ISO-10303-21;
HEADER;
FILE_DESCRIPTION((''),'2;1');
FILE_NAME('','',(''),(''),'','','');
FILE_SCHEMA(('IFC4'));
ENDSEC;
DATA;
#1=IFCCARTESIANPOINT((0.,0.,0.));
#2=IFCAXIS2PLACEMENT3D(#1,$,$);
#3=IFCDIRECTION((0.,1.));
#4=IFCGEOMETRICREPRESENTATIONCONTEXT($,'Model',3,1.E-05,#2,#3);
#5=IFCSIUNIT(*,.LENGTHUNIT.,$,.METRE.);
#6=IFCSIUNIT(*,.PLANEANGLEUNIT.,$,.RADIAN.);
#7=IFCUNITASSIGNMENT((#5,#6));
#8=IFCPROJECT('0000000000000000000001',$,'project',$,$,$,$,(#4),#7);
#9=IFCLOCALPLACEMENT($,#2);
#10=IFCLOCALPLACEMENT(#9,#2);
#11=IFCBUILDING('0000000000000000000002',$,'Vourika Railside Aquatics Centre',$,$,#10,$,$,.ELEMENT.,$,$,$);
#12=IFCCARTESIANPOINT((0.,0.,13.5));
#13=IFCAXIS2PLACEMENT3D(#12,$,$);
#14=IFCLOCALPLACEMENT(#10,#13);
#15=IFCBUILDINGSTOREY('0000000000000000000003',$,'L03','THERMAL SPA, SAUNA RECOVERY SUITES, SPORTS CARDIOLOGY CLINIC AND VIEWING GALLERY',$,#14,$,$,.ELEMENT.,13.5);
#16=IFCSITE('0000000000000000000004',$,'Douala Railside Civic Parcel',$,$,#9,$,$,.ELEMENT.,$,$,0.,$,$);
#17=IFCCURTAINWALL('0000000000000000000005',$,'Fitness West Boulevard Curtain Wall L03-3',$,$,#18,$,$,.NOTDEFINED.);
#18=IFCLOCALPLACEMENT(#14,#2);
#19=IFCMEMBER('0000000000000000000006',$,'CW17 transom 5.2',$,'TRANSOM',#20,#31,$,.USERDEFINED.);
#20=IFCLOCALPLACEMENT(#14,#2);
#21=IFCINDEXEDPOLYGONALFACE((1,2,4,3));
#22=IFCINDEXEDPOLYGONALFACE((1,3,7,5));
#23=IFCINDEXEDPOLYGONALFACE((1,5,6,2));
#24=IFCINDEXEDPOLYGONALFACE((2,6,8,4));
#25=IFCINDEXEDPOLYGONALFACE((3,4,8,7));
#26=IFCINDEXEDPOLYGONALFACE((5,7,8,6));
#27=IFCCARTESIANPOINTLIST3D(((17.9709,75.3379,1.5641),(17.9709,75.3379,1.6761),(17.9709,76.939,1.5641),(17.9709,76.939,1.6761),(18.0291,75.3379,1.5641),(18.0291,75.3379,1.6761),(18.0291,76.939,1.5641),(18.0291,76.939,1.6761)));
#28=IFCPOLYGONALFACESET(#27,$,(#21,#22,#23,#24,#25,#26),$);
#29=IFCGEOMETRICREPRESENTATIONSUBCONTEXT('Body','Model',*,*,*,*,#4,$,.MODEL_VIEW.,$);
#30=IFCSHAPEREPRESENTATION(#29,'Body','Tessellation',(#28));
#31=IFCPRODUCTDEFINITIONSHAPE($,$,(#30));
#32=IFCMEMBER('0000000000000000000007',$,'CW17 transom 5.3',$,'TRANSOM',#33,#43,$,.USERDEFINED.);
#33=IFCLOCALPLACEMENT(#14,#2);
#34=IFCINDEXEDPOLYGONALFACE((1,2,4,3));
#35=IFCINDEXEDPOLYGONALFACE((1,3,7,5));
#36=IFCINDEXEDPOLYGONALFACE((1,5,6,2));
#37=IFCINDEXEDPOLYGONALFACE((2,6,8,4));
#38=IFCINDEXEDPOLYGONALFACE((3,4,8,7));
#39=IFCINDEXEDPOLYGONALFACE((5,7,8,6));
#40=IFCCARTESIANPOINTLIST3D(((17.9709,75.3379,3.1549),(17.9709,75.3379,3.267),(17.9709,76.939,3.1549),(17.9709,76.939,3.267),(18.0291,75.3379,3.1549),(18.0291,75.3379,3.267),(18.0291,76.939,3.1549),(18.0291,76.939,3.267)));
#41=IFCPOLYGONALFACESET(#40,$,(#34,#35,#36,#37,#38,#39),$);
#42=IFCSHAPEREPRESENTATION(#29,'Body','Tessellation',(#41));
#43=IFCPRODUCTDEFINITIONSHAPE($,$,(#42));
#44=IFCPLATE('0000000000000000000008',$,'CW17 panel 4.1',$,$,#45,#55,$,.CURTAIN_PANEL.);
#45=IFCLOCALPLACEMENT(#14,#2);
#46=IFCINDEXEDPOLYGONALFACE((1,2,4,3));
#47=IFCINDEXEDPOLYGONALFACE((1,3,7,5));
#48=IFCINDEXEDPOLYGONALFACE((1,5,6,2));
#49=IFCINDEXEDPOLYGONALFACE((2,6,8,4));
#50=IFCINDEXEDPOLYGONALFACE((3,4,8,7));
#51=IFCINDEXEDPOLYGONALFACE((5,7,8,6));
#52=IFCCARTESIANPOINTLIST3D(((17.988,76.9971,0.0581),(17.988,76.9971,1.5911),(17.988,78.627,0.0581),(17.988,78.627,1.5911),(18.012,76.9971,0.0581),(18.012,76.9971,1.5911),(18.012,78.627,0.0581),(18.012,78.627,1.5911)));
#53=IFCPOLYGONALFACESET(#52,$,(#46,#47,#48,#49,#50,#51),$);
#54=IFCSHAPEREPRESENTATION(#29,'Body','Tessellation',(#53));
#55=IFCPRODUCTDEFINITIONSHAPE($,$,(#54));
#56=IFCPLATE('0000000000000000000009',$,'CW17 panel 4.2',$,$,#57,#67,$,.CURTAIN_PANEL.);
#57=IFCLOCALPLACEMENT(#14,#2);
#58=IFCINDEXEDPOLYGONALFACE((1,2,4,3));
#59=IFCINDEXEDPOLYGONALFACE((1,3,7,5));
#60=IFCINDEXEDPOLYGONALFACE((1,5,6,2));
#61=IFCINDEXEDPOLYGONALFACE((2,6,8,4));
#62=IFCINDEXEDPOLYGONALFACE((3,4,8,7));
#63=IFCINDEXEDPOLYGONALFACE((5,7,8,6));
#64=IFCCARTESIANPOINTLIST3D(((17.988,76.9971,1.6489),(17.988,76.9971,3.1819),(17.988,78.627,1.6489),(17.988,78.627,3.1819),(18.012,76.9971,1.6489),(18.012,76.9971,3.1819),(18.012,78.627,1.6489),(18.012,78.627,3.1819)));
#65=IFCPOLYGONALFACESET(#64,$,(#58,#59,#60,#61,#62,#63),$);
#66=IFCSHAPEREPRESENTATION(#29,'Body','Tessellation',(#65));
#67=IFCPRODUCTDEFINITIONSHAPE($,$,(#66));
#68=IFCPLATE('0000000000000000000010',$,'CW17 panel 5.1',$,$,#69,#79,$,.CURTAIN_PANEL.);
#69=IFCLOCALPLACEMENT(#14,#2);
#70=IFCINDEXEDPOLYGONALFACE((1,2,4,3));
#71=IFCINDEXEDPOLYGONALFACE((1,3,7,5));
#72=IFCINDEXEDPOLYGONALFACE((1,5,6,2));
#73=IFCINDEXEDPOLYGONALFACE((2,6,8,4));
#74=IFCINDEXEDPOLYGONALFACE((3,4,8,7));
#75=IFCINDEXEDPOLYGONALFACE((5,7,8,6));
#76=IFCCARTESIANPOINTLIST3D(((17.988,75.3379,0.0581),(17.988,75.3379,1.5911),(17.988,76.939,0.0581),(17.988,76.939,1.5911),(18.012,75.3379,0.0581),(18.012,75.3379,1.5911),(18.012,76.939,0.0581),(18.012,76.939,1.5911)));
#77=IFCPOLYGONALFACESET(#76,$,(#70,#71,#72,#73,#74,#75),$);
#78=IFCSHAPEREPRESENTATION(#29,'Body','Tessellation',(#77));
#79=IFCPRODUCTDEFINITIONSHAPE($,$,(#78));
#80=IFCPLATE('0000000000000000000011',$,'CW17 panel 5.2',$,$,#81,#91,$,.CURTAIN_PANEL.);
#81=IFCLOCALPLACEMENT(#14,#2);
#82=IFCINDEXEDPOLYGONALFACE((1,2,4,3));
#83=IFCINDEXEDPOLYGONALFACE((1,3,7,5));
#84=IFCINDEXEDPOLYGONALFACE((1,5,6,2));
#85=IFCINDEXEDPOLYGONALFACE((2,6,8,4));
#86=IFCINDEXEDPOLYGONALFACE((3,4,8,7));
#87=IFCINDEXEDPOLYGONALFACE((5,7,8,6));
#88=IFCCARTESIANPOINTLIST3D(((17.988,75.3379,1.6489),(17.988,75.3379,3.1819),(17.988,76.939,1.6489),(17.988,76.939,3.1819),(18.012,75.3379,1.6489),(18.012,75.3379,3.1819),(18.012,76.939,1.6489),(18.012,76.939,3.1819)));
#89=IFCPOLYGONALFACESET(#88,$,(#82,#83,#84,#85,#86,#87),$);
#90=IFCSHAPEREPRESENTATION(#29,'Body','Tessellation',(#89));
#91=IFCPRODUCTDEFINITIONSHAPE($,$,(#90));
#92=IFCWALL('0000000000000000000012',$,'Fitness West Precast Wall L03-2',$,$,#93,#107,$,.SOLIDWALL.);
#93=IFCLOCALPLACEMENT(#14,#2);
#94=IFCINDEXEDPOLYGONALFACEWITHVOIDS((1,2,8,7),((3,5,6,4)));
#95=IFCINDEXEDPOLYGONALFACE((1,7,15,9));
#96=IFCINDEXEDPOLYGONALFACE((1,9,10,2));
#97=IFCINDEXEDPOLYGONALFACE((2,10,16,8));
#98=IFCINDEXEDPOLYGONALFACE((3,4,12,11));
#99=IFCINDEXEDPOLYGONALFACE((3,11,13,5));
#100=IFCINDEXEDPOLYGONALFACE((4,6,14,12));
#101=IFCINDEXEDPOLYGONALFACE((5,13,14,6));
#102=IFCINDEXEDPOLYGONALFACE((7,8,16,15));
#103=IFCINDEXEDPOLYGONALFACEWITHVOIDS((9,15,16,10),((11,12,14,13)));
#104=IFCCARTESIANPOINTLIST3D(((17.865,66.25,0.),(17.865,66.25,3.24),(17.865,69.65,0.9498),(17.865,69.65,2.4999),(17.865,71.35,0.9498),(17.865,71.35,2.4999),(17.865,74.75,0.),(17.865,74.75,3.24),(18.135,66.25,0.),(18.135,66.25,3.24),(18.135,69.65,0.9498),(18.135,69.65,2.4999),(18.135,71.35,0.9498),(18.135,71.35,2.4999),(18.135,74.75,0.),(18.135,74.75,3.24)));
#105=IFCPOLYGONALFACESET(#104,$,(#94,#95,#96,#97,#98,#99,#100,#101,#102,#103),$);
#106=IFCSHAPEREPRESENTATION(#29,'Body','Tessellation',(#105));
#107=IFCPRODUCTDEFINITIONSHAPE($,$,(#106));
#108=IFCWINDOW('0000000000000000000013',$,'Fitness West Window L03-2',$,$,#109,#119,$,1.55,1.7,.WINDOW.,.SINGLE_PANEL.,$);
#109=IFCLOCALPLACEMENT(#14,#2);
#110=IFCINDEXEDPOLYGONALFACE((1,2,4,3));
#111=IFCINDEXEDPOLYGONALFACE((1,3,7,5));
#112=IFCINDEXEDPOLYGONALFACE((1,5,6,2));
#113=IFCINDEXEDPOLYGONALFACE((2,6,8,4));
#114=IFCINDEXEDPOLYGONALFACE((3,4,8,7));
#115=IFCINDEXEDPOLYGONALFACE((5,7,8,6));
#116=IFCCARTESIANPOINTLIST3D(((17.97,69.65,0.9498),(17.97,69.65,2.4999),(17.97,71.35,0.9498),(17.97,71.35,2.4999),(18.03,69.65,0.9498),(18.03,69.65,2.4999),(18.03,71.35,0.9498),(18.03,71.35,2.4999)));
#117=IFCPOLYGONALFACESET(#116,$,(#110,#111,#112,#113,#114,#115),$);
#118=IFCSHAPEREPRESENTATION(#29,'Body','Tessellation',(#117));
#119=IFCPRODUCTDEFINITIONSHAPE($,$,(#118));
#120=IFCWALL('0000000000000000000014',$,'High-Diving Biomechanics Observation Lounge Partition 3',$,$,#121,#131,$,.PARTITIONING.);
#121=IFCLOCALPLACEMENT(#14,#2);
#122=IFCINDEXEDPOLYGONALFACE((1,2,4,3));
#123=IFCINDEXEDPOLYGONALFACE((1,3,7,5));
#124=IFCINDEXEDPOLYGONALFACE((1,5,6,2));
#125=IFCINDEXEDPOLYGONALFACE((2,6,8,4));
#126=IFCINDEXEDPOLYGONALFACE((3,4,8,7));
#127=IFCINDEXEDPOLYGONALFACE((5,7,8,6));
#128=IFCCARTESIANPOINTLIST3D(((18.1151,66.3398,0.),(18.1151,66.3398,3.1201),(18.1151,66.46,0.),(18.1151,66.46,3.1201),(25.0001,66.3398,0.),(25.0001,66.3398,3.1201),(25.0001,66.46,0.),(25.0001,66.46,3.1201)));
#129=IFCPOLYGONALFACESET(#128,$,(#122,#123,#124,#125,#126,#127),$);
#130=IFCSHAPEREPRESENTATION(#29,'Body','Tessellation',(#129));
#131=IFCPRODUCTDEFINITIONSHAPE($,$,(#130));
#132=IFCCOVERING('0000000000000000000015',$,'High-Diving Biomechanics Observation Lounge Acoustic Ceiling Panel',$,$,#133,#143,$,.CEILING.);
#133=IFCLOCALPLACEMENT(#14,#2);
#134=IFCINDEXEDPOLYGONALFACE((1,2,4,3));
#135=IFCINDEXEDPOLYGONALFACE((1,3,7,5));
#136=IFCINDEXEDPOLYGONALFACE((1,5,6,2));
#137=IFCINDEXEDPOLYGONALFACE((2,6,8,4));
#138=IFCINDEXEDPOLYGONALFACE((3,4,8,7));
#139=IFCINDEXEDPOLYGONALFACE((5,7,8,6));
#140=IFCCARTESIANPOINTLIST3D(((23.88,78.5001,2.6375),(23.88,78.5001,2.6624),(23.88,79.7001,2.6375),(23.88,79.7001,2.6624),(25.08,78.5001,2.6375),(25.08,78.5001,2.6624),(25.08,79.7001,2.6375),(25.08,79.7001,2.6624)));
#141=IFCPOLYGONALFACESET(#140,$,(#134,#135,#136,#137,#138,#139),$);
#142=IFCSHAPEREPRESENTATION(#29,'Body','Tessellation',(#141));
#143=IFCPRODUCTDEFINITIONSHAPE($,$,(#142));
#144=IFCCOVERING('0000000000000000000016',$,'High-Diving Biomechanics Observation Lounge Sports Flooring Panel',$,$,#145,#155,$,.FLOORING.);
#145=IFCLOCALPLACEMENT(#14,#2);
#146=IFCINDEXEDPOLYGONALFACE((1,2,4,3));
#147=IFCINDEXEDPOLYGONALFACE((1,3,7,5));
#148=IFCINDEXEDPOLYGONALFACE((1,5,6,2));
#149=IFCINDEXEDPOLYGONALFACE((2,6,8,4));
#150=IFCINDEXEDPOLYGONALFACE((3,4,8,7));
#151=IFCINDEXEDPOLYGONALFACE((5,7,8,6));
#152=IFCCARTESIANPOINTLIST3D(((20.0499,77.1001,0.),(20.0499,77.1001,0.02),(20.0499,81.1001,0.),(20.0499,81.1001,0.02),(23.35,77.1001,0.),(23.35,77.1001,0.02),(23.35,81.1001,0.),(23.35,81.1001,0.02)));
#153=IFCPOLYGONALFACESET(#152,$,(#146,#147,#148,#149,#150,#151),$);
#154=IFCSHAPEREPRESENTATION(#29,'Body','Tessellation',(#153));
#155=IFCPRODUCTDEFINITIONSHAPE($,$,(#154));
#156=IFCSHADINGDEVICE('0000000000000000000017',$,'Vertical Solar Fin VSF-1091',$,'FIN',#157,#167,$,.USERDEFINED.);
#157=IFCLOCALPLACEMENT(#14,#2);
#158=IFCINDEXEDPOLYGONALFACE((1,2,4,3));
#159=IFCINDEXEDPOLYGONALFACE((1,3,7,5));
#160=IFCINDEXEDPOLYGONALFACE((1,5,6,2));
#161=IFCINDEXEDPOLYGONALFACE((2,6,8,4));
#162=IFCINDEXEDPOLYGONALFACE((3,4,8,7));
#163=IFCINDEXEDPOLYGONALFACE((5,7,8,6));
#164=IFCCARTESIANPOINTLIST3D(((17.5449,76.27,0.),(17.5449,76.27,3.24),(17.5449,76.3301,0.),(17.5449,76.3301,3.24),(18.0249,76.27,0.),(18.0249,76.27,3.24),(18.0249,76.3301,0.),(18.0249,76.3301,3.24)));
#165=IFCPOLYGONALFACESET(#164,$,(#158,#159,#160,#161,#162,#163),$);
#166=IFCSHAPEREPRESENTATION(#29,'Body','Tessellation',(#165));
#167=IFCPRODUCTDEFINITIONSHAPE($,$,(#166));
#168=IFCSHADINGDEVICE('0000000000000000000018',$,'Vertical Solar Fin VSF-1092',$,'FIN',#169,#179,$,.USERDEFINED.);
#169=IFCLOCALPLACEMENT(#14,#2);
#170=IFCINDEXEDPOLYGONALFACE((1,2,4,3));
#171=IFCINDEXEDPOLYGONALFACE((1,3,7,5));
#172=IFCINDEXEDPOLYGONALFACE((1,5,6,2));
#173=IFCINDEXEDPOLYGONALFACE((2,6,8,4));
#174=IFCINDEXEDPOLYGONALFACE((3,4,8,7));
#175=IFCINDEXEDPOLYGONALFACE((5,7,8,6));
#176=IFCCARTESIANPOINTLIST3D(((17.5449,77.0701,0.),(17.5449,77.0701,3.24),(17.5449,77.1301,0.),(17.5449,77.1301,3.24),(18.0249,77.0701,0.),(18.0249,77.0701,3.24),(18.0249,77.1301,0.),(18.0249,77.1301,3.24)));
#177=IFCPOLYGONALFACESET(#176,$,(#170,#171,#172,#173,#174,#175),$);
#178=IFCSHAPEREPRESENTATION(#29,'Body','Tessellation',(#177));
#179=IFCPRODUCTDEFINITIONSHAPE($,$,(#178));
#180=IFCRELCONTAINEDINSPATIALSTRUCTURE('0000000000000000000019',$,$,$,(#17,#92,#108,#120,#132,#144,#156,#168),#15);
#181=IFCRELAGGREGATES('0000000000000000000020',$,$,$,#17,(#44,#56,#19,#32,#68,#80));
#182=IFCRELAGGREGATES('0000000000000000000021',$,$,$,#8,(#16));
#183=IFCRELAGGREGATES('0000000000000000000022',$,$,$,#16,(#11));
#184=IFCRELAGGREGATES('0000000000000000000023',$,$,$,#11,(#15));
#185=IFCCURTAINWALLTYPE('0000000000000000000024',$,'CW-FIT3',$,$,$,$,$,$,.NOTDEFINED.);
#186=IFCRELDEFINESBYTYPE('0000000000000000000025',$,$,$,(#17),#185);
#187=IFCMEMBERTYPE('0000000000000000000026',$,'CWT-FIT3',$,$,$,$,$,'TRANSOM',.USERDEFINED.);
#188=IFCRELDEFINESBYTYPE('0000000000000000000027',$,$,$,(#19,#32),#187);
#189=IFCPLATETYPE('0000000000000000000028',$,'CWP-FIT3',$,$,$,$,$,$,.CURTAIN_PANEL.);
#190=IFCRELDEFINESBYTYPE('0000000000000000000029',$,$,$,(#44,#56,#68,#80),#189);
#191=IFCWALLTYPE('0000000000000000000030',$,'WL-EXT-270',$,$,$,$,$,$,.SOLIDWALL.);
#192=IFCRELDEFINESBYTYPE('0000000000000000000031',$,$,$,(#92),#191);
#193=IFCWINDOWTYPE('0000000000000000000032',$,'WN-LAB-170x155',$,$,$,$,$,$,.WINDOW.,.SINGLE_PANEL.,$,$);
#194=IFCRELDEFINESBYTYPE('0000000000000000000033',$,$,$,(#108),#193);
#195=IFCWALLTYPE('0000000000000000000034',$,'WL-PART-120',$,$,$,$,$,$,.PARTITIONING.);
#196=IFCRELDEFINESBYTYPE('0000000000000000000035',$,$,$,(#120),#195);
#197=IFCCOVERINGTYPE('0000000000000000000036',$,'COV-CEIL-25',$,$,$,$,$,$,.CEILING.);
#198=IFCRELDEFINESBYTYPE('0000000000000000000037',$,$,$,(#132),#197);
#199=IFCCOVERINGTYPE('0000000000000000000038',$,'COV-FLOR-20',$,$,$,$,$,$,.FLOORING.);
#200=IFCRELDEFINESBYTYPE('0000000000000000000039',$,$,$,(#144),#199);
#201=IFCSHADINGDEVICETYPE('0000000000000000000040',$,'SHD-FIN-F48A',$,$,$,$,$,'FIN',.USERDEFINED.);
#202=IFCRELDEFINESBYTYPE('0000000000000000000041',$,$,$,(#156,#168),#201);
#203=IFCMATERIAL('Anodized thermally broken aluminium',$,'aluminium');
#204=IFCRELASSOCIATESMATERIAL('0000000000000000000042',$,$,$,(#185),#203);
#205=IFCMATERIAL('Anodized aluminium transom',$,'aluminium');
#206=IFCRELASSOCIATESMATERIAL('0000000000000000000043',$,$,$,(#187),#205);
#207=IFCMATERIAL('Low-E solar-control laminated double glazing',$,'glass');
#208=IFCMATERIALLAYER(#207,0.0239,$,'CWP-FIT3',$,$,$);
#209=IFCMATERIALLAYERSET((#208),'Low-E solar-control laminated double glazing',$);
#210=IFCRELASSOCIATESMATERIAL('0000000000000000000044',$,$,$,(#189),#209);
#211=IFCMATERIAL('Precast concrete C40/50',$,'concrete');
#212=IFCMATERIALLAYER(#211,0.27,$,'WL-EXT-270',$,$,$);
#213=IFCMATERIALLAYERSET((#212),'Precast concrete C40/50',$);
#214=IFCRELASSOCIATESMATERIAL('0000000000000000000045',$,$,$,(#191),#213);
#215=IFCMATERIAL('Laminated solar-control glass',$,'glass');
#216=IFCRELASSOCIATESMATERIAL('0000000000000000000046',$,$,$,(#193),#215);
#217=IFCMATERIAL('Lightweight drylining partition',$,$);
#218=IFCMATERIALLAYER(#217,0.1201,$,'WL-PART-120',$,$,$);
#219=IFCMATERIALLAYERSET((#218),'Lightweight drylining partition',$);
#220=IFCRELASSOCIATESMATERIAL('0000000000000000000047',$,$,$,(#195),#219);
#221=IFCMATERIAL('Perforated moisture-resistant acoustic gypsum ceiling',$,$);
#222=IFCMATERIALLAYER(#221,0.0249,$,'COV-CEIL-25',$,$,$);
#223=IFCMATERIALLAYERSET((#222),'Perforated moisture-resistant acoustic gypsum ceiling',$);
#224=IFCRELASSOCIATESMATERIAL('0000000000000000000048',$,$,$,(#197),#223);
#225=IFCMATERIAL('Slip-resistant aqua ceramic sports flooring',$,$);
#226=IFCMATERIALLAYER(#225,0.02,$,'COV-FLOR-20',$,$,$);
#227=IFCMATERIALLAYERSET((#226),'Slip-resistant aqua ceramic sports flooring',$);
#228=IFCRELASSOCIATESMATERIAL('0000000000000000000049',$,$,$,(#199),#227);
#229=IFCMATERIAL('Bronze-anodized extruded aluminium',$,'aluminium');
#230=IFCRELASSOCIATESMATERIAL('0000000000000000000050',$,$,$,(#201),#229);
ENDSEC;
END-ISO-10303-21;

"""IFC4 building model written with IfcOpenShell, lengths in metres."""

from ifc_helpers import new_model, si_unit, direction, frame, frame_2d, origin, origin_2d, place, context, subcontext, project, spatial, rectangle, extrude, material, layer, layer_set, material_profile, profile_set, type_object, element, fill, aggregate, save


model = new_model("IFC4")

# Units and contexts
model_context = context("Model", 3, precision=1e-05, world=origin(), true_north=direction((0.0, 1.0)))
body_context = subcontext(model_context, "Body", "Model", "MODEL_VIEW")
ifc_project = project(units=[si_unit("LENGTHUNIT", "METRE"), si_unit("PLANEANGLEUNIT", "RADIAN")], contexts=[model_context])

# Site, building, storey
site_placement = place(None, origin())
site = spatial("IfcSite", under=ifc_project, at=site_placement, Name="Douala Railside Civic Parcel", CompositionType="ELEMENT", RefElevation=0.0)
building_placement = place(site_placement, origin())
building = spatial("IfcBuilding", under=site, at=building_placement, Name="Vourika Railside Aquatics Centre", CompositionType="ELEMENT")
storey_placement = place(building_placement, frame((0.0, 0.0, 13.5)))
storey = spatial("IfcBuildingStorey", under=building, at=storey_placement, Name="L03", Description="THERMAL SPA, SAUNA RECOVERY SUITES, SPORTS CARDIOLOGY CLINIC AND VIEWING GALLERY", CompositionType="ELEMENT", Elevation=13.5)

# Curtain wall, members, plates
ifc_material_1 = material(Name="Anodized thermally broken aluminium", Category="aluminium")
curtain_wall_type = type_object("IfcCurtainWallType", Name="CW-FIT3", PredefinedType="NOTDEFINED", material=ifc_material_1)
curtain_wall_placement = place(storey_placement, origin())
curtain_wall = element("IfcCurtainWall", 1, at=curtain_wall_placement, inside=storey, type_object=curtain_wall_type, Name="Fitness West Boulevard Curtain Wall L03-3", PredefinedType="NOTDEFINED")
ifc_material_2 = material(Name="Anodized aluminium transom", Category="aluminium")
ifc_material_profile_1 = material_profile(ifc_material_2, rectangle(XDim=0.0581, YDim=0.1121, at=origin_2d()), Name="ALU-T 58x112")
ifc_profile_set_1 = profile_set([ifc_material_profile_1], Name="Anodized aluminium transom")
member_type_1 = type_object("IfcMemberType", Name="CWT-FIT3", ElementType="TRANSOM", PredefinedType="USERDEFINED", material=ifc_profile_set_1)
member_1_placement = place(storey_placement, frame((18.0, 76.939, 1.6201), z_axis=(0.0, -1.0, 0.0), x_axis=(1.0, 0.0, 0.0)))
member_1 = element("IfcMember", 2, at=member_1_placement, type_object=member_type_1, Name="CW17 transom 5.2", ObjectType="TRANSOM", PredefinedType="USERDEFINED", context=body_context, shape_type="SweptSolid", body=[
    extrude(rectangle(XDim=0.0581, YDim=0.1121, at=origin_2d()), origin(), (0.0, 0.0, 1.0), 1.6011),
])
member_2_placement = place(storey_placement, frame((18.0, 76.939, 3.2109), z_axis=(0.0, -1.0, 0.0), x_axis=(1.0, 0.0, 0.0)))
member_2 = element("IfcMember", 3, at=member_2_placement, type_object=member_type_1, Name="CW17 transom 5.3", ObjectType="TRANSOM", PredefinedType="USERDEFINED", context=body_context, shape_type="SweptSolid", body=[
    extrude(rectangle(XDim=0.0581, YDim=0.1121, at=origin_2d()), origin(), (0.0, 0.0, 1.0), 1.6011),
])
ifc_material_3 = material(Name="Low-E solar-control laminated double glazing", Category="glass")
ifc_layer_1 = layer(ifc_material_3, 0.0239, Name="CWP-FIT3")
ifc_layer_set_1 = layer_set([ifc_layer_1], Name="Low-E solar-control laminated double glazing")
plate_type = type_object("IfcPlateType", Name="CWP-FIT3", PredefinedType="CURTAIN_PANEL", material=ifc_layer_set_1)
plate_1_placement = place(storey_placement, frame((18.0, 77.812, 0.0581), z_axis=(0.0, 0.0, 1.0), x_axis=(0.0, -1.0, 0.0)))
plate_1 = element("IfcPlate", 4, at=plate_1_placement, type_object=plate_type, Name="CW17 panel 4.1", PredefinedType="CURTAIN_PANEL", context=body_context, shape_type="SweptSolid", body=[
    extrude(rectangle(XDim=1.6299, YDim=0.0239, at=origin_2d()), origin(), (0.0, 0.0, 1.0), 1.533),
])
plate_2_placement = place(storey_placement, frame((18.0, 77.812, 1.6489), z_axis=(0.0, 0.0, 1.0), x_axis=(0.0, -1.0, 0.0)))
plate_2 = element("IfcPlate", 5, at=plate_2_placement, type_object=plate_type, Name="CW17 panel 4.2", PredefinedType="CURTAIN_PANEL", context=body_context, shape_type="SweptSolid", body=[
    extrude(rectangle(XDim=1.6299, YDim=0.0239, at=origin_2d()), origin(), (0.0, 0.0, 1.0), 1.533),
])
plate_3_placement = place(storey_placement, frame((18.0, 76.1384, 0.0581), z_axis=(0.0, 0.0, 1.0), x_axis=(0.0, -1.0, 0.0)))
plate_3 = element("IfcPlate", 6, at=plate_3_placement, type_object=plate_type, Name="CW17 panel 5.1", PredefinedType="CURTAIN_PANEL", context=body_context, shape_type="SweptSolid", body=[
    extrude(rectangle(XDim=1.6011, YDim=0.0239, at=origin_2d()), origin(), (0.0, 0.0, 1.0), 1.533),
])
plate_4_placement = place(storey_placement, frame((18.0, 76.1384, 1.6489), z_axis=(0.0, 0.0, 1.0), x_axis=(0.0, -1.0, 0.0)))
plate_4 = element("IfcPlate", 7, at=plate_4_placement, type_object=plate_type, Name="CW17 panel 5.2", PredefinedType="CURTAIN_PANEL", context=body_context, shape_type="SweptSolid", body=[
    extrude(rectangle(XDim=1.6011, YDim=0.0239, at=origin_2d()), origin(), (0.0, 0.0, 1.0), 1.533),
])
aggregate(curtain_wall, [plate_1, plate_2, member_1, member_2, plate_3, plate_4])

# Wall, opening, window
ifc_material_4 = material(Name="Precast concrete C40/50", Category="concrete")
ifc_layer_2 = layer(ifc_material_4, 0.27, Name="WL-EXT-270")
ifc_layer_set_2 = layer_set([ifc_layer_2], Name="Precast concrete C40/50")
wall_type_1 = type_object("IfcWallType", Name="WL-EXT-270", PredefinedType="SOLIDWALL", material=ifc_layer_set_2)
wall_1_placement = place(storey_placement, frame((18.0, 74.75, 0.0), z_axis=(0.0, 0.0, 1.0), x_axis=(0.0, -1.0, 0.0)))
wall_1 = element("IfcWall", 8, at=wall_1_placement, inside=storey, type_object=wall_type_1, Name="Fitness West Precast Wall L03-2", PredefinedType="SOLIDWALL", context=body_context, shape_type="SweptSolid", body=[
    extrude(rectangle(XDim=8.5, YDim=0.27, at=frame_2d((4.25, 0.0))), origin(), (0.0, 0.0, 1.0), 3.24),
])
opening_placement = place(wall_1_placement, frame((3.3999, 0.0, 0.95)))
opening = element("IfcOpeningElement", 9, at=opening_placement, cuts=wall_1, PredefinedType="OPENING", context=body_context, shape_type="SweptSolid", body=[
    extrude(rectangle(XDim=1.7, YDim=1.55, at=frame_2d((0.8501, 0.7749))), frame((0.0, 0.145, 0.0), z_axis=(0.0, -1.0, 0.0), x_axis=(1.0, 0.0, 0.0)), (0.0, 0.0, 1.0), 0.29),
])
ifc_material_5 = material(Name="Laminated solar-control glass", Category="glass")
window_type = type_object("IfcWindowType", Name="WN-LAB-170x155", PartitioningType="SINGLE_PANEL", PredefinedType="WINDOW", material=ifc_material_5)
window_placement = place(opening_placement, origin())
window = element("IfcWindow", 10, at=window_placement, inside=storey, type_object=window_type, Name="Fitness West Window L03-2", OverallHeight=1.55, OverallWidth=1.7, PartitioningType="SINGLE_PANEL", PredefinedType="WINDOW", context=body_context, shape_type="SweptSolid", body=[
    extrude(rectangle(XDim=1.7, YDim=1.55, at=frame_2d((0.8501, 0.7749))), frame((0.0, 0.03, 0.0), z_axis=(0.0, -1.0, 0.0), x_axis=(1.0, 0.0, 0.0)), (0.0, 0.0, 1.0), 0.0601),
])
fill(opening, window)

# Wall
ifc_material_6 = material(Name="Lightweight drylining partition")
ifc_layer_3 = layer(ifc_material_6, 0.1201, Name="WL-PART-120")
ifc_layer_set_3 = layer_set([ifc_layer_3], Name="Lightweight drylining partition")
wall_type_2 = type_object("IfcWallType", Name="WL-PART-120", PredefinedType="PARTITIONING", material=ifc_layer_set_3)
wall_2_placement = place(storey_placement, frame((25.0, 66.3999, 0.0), z_axis=(0.0, 0.0, 1.0), x_axis=(-1.0, 0.0, 0.0)))
element("IfcWall", 11, at=wall_2_placement, inside=storey, type_object=wall_type_2, Name="High-Diving Biomechanics Observation Lounge Partition 3", PredefinedType="PARTITIONING", context=body_context, shape_type="SweptSolid", body=[
    extrude(rectangle(XDim=6.885, YDim=0.1201, at=frame_2d((3.4424, 0.0))), origin(), (0.0, 0.0, 1.0), 3.1201),
])

# Coverings
ifc_material_7 = material(Name="Perforated moisture-resistant acoustic gypsum ceiling")
ifc_layer_4 = layer(ifc_material_7, 0.0249, Name="COV-CEIL-25")
ifc_layer_set_4 = layer_set([ifc_layer_4], Name="Perforated moisture-resistant acoustic gypsum ceiling")
covering_type_1 = type_object("IfcCoveringType", Name="COV-CEIL-25", PredefinedType="CEILING", material=ifc_layer_set_4)
covering_1_placement = place(storey_placement, frame((24.48, 79.1001, 2.6375), z_axis=(0.0, 0.0, 1.0), x_axis=(1.0, 0.0, 0.0)))
element("IfcCovering", 12, at=covering_1_placement, inside=storey, type_object=covering_type_1, Name="High-Diving Biomechanics Observation Lounge Acoustic Ceiling Panel", PredefinedType="CEILING", context=body_context, shape_type="SweptSolid", body=[
    extrude(rectangle(XDim=1.2, YDim=1.2, at=origin_2d()), origin(), (0.0, 0.0, 1.0), 0.0249),
])
ifc_material_8 = material(Name="Slip-resistant aqua ceramic sports flooring")
ifc_layer_5 = layer(ifc_material_8, 0.02, Name="COV-FLOR-20")
ifc_layer_set_5 = layer_set([ifc_layer_5], Name="Slip-resistant aqua ceramic sports flooring")
covering_type_2 = type_object("IfcCoveringType", Name="COV-FLOR-20", PredefinedType="FLOORING", material=ifc_layer_set_5)
covering_2_placement = place(storey_placement, frame((21.7, 79.1001, 0.0), z_axis=(0.0, 0.0, 1.0), x_axis=(1.0, 0.0, 0.0)))
element("IfcCovering", 13, at=covering_2_placement, inside=storey, type_object=covering_type_2, Name="High-Diving Biomechanics Observation Lounge Sports Flooring Panel", PredefinedType="FLOORING", context=body_context, shape_type="SweptSolid", body=[
    extrude(rectangle(XDim=3.3, YDim=4.0, at=origin_2d()), origin(), (0.0, 0.0, 1.0), 0.02),
])

# Shading devices
ifc_material_9 = material(Name="Bronze-anodized extruded aluminium", Category="aluminium")
ifc_material_profile_2 = material_profile(ifc_material_9, rectangle(XDim=0.0601, YDim=0.48, at=origin_2d()), Name="ALU-FIN 60x480")
ifc_profile_set_2 = profile_set([ifc_material_profile_2], Name="Bronze-anodized extruded aluminium")
shading_device_type = type_object("IfcShadingDeviceType", Name="SHD-FIN-F48A", ElementType="FIN", PredefinedType="USERDEFINED", material=ifc_profile_set_2)
for number, where, z_axis, x_axis, name in (
    (14, (17.7849, 76.3, 0.0), (0.0, 0.0, 1.0), (0.0, 1.0, 0.0), "Vertical Solar Fin VSF-1091"),
    (15, (17.7849, 77.1001, 0.0), (0.0, 0.0, 1.0), (0.0, 1.0, 0.0), "Vertical Solar Fin VSF-1092"),
):
    element("IfcShadingDevice", number, at=place(storey_placement, frame(where, z_axis=z_axis, x_axis=x_axis)), inside=storey, type_object=shading_device_type, Name=name, ObjectType="FIN", PredefinedType="USERDEFINED", context=body_context, shape_type="SweptSolid", body=[
        extrude(rectangle(XDim=0.0601, YDim=0.48, at=origin_2d()), origin(), (0.0, 0.0, 1.0), 3.24),
    ])

save(model, "model.ifc")
